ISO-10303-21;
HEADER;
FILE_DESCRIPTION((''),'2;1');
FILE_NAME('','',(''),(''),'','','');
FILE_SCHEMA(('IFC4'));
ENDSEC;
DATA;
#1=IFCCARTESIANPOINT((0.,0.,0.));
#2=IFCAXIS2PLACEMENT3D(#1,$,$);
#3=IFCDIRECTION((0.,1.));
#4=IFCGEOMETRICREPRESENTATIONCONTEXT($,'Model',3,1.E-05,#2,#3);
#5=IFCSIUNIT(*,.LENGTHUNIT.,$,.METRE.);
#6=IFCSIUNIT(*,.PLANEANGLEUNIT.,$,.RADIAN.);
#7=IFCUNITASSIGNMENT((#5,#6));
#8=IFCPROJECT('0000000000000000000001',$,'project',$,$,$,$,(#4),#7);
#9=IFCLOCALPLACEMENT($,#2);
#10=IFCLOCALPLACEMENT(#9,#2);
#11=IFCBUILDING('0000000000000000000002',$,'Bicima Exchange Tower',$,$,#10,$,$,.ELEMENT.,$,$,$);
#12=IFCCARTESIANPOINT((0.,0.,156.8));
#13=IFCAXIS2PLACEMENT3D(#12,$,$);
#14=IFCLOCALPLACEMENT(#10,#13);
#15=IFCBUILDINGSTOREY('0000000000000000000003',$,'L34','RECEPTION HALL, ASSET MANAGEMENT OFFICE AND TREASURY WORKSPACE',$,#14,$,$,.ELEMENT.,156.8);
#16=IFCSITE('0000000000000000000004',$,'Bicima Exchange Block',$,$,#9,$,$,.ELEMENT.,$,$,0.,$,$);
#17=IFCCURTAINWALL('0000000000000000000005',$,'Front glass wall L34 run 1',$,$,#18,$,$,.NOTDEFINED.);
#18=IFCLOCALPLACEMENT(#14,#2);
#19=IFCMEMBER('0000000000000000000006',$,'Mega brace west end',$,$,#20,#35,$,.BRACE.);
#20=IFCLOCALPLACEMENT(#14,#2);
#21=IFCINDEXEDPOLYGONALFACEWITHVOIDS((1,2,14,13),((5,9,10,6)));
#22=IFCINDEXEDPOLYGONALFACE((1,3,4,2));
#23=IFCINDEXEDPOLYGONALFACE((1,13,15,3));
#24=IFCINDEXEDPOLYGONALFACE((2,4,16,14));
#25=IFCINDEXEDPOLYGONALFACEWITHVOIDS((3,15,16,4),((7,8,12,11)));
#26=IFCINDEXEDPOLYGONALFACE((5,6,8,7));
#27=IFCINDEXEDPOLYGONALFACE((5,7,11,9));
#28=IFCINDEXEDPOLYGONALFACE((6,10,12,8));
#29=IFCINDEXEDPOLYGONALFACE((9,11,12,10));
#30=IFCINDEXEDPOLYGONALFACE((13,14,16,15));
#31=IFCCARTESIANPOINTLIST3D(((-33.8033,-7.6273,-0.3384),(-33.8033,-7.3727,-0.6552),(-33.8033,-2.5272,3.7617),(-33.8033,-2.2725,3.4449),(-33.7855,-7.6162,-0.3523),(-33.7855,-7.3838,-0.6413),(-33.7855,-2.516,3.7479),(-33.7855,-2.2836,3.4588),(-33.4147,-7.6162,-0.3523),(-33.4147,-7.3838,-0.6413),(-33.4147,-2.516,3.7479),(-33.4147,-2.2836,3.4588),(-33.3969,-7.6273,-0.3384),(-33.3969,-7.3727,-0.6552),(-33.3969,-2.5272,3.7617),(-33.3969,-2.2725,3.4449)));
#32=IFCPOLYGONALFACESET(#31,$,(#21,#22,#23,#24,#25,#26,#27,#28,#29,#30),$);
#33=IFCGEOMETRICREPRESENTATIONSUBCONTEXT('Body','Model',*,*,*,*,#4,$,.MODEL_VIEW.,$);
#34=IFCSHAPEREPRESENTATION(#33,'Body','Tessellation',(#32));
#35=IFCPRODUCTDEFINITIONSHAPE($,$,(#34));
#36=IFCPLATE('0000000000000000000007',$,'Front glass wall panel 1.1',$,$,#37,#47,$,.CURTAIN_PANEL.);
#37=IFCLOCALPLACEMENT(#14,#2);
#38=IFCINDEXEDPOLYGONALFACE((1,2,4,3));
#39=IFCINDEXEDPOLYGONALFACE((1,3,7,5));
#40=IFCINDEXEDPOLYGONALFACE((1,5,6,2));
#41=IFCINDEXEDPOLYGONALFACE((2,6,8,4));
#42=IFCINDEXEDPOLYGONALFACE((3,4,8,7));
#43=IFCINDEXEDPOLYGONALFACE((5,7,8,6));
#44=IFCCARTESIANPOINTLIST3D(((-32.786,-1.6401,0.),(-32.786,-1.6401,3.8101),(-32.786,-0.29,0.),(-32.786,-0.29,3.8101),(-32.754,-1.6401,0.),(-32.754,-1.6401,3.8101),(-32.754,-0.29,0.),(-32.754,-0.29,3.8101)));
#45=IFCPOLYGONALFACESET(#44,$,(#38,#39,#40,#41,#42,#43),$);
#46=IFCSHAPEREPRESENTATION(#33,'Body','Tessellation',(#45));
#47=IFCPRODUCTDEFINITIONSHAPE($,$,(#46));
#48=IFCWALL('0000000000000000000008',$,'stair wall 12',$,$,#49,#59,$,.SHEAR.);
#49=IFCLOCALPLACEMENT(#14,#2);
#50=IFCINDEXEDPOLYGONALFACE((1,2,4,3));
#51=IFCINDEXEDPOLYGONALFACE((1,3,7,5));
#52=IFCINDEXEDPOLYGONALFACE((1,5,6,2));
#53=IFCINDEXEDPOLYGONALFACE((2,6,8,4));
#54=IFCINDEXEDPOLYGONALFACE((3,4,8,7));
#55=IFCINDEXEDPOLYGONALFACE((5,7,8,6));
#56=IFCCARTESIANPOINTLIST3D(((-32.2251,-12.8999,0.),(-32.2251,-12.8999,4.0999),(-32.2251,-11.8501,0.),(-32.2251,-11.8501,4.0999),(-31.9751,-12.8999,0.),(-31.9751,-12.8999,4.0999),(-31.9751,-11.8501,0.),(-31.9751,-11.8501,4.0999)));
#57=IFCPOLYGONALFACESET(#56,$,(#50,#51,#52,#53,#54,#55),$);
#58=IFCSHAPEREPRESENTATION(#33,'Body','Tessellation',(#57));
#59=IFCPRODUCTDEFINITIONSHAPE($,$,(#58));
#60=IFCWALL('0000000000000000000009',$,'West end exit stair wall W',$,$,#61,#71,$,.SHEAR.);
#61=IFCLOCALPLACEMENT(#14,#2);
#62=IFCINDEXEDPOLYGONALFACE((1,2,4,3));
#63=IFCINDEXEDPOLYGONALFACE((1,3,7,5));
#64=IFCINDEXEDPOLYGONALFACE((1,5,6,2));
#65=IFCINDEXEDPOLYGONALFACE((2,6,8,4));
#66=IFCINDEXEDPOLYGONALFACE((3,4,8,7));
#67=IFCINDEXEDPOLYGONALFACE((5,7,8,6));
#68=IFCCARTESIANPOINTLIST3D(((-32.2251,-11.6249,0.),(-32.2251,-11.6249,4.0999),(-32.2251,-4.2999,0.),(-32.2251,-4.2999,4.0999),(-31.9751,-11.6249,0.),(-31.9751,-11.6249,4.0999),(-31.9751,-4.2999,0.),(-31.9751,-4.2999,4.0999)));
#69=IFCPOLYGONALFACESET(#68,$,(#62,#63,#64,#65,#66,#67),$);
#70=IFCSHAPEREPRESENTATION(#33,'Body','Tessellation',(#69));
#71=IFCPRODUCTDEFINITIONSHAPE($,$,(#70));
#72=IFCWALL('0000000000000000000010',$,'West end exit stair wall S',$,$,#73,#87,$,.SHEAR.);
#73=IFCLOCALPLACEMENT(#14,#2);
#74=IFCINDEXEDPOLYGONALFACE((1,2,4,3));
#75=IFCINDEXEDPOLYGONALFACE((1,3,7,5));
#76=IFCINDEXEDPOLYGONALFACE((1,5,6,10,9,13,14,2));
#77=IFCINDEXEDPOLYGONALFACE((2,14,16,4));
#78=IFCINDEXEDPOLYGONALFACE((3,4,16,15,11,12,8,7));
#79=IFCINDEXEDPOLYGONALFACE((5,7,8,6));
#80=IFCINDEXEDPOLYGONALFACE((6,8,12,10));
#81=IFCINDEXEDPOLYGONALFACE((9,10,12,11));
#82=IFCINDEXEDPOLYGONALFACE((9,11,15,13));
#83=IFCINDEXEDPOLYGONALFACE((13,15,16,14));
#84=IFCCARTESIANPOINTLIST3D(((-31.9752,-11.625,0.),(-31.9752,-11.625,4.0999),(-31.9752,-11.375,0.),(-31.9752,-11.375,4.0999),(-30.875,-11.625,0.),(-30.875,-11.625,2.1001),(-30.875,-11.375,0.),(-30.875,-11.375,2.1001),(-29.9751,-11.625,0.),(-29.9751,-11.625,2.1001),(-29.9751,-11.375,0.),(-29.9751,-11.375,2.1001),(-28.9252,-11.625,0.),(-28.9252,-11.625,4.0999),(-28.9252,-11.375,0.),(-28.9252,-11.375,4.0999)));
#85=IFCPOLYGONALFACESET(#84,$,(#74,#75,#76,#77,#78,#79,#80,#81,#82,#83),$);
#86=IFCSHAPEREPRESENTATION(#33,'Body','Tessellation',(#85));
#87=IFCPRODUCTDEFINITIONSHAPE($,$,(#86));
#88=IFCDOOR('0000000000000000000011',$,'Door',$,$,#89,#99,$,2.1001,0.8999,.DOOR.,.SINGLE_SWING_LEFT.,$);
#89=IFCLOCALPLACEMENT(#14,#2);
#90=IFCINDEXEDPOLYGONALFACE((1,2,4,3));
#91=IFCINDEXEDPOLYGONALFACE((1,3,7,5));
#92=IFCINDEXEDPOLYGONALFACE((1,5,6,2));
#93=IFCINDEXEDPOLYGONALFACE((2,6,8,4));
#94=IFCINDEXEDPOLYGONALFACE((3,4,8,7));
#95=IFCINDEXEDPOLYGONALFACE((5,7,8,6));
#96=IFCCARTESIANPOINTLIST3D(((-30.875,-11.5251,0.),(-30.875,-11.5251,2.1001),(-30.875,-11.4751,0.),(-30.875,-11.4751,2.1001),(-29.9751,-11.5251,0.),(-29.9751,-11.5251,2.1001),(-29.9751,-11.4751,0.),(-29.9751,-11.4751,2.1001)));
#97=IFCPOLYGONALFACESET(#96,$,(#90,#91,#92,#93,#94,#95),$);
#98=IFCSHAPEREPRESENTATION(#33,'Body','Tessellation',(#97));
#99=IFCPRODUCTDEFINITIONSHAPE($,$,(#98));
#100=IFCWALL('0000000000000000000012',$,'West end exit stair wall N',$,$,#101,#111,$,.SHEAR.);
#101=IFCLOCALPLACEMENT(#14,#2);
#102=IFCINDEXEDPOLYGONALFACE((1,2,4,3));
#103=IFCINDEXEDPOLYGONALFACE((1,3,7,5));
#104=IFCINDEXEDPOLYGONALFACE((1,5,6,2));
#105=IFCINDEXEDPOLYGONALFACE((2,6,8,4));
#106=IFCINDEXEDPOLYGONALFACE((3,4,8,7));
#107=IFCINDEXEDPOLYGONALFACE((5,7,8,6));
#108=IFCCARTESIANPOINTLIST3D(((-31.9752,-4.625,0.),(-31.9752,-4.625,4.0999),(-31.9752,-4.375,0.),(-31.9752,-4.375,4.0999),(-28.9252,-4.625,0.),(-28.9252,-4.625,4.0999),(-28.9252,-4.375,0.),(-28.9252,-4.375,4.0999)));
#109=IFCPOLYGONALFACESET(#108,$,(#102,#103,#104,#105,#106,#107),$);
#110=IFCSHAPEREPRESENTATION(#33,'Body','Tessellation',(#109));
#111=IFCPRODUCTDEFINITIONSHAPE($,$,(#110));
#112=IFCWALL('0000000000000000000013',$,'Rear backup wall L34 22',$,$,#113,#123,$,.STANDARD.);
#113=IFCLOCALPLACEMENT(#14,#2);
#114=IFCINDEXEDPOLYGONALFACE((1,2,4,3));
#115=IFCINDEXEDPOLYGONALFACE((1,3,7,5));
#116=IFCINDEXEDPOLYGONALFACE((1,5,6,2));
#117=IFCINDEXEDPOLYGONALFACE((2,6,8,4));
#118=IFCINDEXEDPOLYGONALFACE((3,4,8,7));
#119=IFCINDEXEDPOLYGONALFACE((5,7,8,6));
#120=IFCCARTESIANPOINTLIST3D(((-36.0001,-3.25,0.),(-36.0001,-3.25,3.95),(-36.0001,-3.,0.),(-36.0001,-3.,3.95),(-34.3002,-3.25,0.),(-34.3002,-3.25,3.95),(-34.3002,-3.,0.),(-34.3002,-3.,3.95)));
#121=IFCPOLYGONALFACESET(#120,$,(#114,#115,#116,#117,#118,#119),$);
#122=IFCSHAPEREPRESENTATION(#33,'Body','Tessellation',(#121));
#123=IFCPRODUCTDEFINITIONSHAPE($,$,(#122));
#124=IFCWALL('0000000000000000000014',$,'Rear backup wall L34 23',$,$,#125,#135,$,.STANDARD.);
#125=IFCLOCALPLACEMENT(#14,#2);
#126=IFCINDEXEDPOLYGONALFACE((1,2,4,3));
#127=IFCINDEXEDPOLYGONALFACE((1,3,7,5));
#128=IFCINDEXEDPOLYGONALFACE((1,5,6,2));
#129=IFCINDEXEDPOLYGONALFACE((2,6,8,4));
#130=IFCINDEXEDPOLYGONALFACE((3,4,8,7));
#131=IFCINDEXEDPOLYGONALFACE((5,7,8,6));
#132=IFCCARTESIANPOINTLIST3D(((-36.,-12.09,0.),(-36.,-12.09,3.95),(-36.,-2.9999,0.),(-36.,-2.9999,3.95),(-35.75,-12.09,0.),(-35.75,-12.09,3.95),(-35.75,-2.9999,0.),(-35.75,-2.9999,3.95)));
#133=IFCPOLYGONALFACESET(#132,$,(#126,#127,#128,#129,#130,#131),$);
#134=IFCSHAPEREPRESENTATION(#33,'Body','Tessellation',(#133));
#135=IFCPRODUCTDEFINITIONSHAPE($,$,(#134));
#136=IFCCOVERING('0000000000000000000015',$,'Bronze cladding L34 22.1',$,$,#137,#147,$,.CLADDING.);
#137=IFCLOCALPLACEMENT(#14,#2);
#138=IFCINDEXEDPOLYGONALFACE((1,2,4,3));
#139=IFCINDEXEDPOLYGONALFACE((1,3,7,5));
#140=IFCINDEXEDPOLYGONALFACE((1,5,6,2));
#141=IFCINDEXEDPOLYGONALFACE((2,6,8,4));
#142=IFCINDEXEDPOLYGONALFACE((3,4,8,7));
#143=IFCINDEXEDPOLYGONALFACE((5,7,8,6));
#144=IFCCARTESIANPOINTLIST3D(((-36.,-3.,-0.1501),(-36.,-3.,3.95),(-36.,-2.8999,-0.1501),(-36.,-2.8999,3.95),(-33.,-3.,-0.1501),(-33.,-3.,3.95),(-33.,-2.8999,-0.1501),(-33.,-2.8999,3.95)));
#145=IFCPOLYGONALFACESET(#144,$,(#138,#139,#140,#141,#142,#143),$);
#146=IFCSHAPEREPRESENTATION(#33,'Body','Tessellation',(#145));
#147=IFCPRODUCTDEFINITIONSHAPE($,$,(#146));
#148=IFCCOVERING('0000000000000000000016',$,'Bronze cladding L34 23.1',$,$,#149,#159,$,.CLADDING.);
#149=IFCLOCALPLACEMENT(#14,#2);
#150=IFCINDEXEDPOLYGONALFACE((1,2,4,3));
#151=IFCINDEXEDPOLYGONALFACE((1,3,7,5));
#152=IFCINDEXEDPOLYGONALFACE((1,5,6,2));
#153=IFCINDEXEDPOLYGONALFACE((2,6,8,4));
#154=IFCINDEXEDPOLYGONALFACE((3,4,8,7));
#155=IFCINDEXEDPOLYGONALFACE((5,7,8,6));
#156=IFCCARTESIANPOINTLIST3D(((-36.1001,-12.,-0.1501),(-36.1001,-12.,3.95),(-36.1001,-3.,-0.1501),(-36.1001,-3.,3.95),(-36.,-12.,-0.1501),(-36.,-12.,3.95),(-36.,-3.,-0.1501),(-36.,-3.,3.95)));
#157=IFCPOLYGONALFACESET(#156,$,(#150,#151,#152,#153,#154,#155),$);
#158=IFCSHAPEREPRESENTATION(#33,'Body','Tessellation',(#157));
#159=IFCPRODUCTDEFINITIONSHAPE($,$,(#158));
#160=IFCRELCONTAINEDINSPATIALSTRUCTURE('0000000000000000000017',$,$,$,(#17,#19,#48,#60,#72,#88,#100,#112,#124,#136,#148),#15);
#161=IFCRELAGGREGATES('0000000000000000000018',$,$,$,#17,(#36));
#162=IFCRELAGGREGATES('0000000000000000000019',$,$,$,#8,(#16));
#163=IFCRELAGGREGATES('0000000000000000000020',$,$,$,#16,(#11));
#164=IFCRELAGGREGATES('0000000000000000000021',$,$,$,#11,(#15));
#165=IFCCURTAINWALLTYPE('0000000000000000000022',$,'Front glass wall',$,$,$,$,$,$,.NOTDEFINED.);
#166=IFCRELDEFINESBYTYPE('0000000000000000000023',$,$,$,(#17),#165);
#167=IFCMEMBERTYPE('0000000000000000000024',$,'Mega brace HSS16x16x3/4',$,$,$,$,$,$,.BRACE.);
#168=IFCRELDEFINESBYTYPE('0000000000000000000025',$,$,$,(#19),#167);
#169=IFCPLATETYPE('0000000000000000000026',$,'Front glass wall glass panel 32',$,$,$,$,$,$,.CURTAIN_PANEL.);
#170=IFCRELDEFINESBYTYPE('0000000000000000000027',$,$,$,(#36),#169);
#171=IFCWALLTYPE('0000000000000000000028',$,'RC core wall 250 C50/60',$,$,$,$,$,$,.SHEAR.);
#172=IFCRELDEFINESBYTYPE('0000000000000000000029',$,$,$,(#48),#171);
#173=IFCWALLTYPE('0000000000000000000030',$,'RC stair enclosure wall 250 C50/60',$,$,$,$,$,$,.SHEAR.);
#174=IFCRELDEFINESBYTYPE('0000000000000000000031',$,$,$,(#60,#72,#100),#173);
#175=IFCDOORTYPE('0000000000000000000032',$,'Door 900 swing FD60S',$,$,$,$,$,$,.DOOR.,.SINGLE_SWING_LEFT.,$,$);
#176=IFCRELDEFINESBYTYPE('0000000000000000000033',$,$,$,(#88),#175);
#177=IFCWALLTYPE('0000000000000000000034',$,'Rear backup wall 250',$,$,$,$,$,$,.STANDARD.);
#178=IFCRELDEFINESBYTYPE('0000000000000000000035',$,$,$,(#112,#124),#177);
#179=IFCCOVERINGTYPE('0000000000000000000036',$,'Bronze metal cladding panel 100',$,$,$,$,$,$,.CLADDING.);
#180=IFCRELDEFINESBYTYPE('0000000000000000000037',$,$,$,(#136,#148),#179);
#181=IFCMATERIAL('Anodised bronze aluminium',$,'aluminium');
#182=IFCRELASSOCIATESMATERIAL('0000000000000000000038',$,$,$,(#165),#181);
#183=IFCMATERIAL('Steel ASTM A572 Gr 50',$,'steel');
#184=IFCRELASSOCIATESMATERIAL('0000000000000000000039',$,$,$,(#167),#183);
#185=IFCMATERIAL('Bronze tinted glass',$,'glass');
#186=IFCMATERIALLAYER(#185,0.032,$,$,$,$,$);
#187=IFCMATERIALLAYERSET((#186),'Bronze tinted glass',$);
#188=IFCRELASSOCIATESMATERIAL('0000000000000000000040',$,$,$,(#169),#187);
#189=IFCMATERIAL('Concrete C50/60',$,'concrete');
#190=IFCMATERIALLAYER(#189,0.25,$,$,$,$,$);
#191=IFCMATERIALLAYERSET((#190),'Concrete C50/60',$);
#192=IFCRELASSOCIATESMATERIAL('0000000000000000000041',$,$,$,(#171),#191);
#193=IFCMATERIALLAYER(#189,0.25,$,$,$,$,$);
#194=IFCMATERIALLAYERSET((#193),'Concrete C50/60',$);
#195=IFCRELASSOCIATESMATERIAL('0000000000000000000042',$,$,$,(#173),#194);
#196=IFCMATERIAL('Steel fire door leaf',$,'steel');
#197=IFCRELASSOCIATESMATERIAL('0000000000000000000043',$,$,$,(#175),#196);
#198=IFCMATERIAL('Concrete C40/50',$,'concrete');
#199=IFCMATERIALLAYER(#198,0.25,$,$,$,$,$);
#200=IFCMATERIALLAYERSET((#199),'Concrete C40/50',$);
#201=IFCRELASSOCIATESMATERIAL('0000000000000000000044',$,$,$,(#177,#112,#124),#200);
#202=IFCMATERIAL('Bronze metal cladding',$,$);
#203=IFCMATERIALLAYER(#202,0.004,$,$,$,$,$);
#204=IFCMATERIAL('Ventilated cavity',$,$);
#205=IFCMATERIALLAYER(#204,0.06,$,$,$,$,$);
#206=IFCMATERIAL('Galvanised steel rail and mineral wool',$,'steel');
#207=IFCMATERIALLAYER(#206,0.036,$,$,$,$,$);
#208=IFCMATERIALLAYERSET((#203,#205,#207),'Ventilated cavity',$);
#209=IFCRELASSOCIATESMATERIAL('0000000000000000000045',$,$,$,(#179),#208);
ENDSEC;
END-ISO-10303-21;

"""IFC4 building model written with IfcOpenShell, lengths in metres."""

from ifc_helpers import new_model, si_unit, direction, frame, frame_2d, origin, origin_2d, place, context, subcontext, project, spatial, rectangle, hollow_rectangle, extrude, material, layer, layer_set, layer_usage, material_profile, profile_set, type_object, element, fill, aggregate, save


model = new_model("IFC4")

# Units and contexts
model_context = context("Model", 3, precision=1e-05, world=origin(), true_north=direction((0.0, 1.0)))
body_context = subcontext(model_context, "Body", "Model", "MODEL_VIEW")
ifc_project = project(units=[si_unit("LENGTHUNIT", "METRE"), si_unit("PLANEANGLEUNIT", "RADIAN")], contexts=[model_context])

# Site, building, storey
site_placement = place(None, origin())
site = spatial("IfcSite", under=ifc_project, at=site_placement, Name="Bicima Exchange Block", CompositionType="ELEMENT", RefElevation=0.0)
building_placement = place(site_placement, origin())
building = spatial("IfcBuilding", under=site, at=building_placement, Name="Bicima Exchange Tower", CompositionType="ELEMENT")
storey_placement = place(building_placement, frame((0.0, 0.0, 156.8)))
storey = spatial("IfcBuildingStorey", under=building, at=storey_placement, Name="L34", Description="RECEPTION HALL, ASSET MANAGEMENT OFFICE AND TREASURY WORKSPACE", CompositionType="ELEMENT", Elevation=156.8)

# Shared definitions
ifc_material_1 = material(Name="Steel ASTM A572 Gr 50", Category="steel")

# Shared definitions
ifc_material_2 = material(Name="Anodised bronze aluminium", Category="aluminium")

# Curtain wall
curtain_wall_type_1 = type_object("IfcCurtainWallType", Name="Front glass wall", PredefinedType="NOTDEFINED", material=ifc_material_2)
curtain_wall_1_placement = place(storey_placement, origin())
curtain_wall_1 = element("IfcCurtainWall", 1, at=curtain_wall_1_placement, inside=storey, type_object=curtain_wall_type_1, Name="Front glass wall L34 run 1", PredefinedType="NOTDEFINED")

# Member
ifc_material_profile_1 = material_profile(ifc_material_1, hollow_rectangle(XDim=0.4065, YDim=0.4065, WallThickness=0.0178, at=origin_2d()))
ifc_profile_set_1 = profile_set([ifc_material_profile_1], Name="Steel ASTM A572 Gr 50")
member_type_1 = type_object("IfcMemberType", Name="Mega brace HSS16x16x3/4", PredefinedType="BRACE", material=ifc_profile_set_1)
for number, where, z_axis, x_axis, name in (
    (2, (-33.6001, -7.5, -0.4968), (0.0, 0.779374, 0.626559), (-1.0, 0.0, 0.0), "Mega brace west end"),
):
    element("IfcMember", number, at=place(storey_placement, frame(where, z_axis=z_axis, x_axis=x_axis)), inside=storey, type_object=member_type_1, Name=name, PredefinedType="BRACE", context=body_context, shape_type="SweptSolid", body=[
        extrude(hollow_rectangle(XDim=0.4065, YDim=0.4065, WallThickness=0.0178, at=origin_2d()), origin(), (0.0, 0.0, 1.0), 6.5439),
    ])

# Plate
ifc_material_3 = material(Name="Bronze tinted glass", Category="glass")
ifc_layer_1 = layer(ifc_material_3, 0.032)
ifc_layer_set_1 = layer_set([ifc_layer_1], Name="Bronze tinted glass")
plate_type = type_object("IfcPlateType", Name="Front glass wall glass panel 32", PredefinedType="CURTAIN_PANEL", material=ifc_layer_set_1)
plate_placement = place(storey_placement, frame((-32.77, -0.9651, 0.0), z_axis=(0.0, 0.0, 1.0), x_axis=(0.0, -1.0, 0.0)))
plate = element("IfcPlate", 3, at=plate_placement, type_object=plate_type, Name="Front glass wall panel 1.1", PredefinedType="CURTAIN_PANEL", context=body_context, shape_type="SweptSolid", body=[
    extrude(rectangle(XDim=1.3501, YDim=0.032, at=origin_2d()), origin(), (0.0, 0.0, 1.0), 3.8101),
])
aggregate(curtain_wall_1, [plate])

# Walls
ifc_material_4 = material(Name="Concrete C50/60", Category="concrete")
ifc_layer_2 = layer(ifc_material_4, 0.25)
ifc_layer_set_2 = layer_set([ifc_layer_2], Name="Concrete C50/60")
wall_type_1 = type_object("IfcWallType", Name="RC core wall 250 C50/60", PredefinedType="SHEAR", material=ifc_layer_set_2)
wall_1_placement = place(storey_placement, frame((-32.1001, -12.8999, 0.0), z_axis=(0.0, 0.0, 1.0), x_axis=(0.0, 1.0, 0.0)))
element("IfcWall", 4, at=wall_1_placement, inside=storey, type_object=wall_type_1, Name="stair wall 12", PredefinedType="SHEAR", context=body_context, shape_type="SweptSolid", body=[
    extrude(rectangle(XDim=1.0498, YDim=0.25, at=frame_2d((0.5249, 0.0))), origin(), (0.0, 0.0, 1.0), 4.0999),
])
ifc_layer_3 = layer(ifc_material_4, 0.25)
ifc_layer_set_3 = layer_set([ifc_layer_3], Name="Concrete C50/60")
wall_type_2 = type_object("IfcWallType", Name="RC stair enclosure wall 250 C50/60", PredefinedType="SHEAR", material=ifc_layer_set_3)
wall_2_placement = place(storey_placement, frame((-32.1001, -11.625, 0.0), z_axis=(0.0, 0.0, 1.0), x_axis=(0.0, 1.0, 0.0)))
element("IfcWall", 5, at=wall_2_placement, inside=storey, type_object=wall_type_2, Name="West end exit stair wall W", PredefinedType="SHEAR", context=body_context, shape_type="SweptSolid", body=[
    extrude(rectangle(XDim=7.325, YDim=0.25, at=frame_2d((3.6626, 0.0))), origin(), (0.0, 0.0, 1.0), 4.0999),
])

# Wall, opening, door
wall_3_placement = place(storey_placement, frame((-31.9751, -11.5, 0.0), z_axis=(0.0, 0.0, 1.0), x_axis=(1.0, 0.0, 0.0)))
wall_3 = element("IfcWall", 6, at=wall_3_placement, inside=storey, type_object=wall_type_2, Name="West end exit stair wall S", PredefinedType="SHEAR", context=body_context, shape_type="SweptSolid", body=[
    extrude(rectangle(XDim=3.05, YDim=0.25, at=frame_2d((1.5249, 0.0))), origin(), (0.0, 0.0, 1.0), 4.0999),
])
opening_placement = place(wall_3_placement, frame((1.1001, 0.0, 0.0)))
opening = element("IfcOpeningElement", 7, at=opening_placement, cuts=wall_3, PredefinedType="OPENING", context=body_context, shape_type="SweptSolid", body=[
    extrude(rectangle(XDim=0.8999, YDim=2.1001, at=frame_2d((0.45, 1.05))), frame((0.0, 0.137, 0.0), z_axis=(0.0, -1.0, 0.0), x_axis=(1.0, 0.0, 0.0)), (0.0, 0.0, 1.0), 0.2739),
])
ifc_material_5 = material(Name="Steel fire door leaf", Category="steel")
door_type = type_object("IfcDoorType", Name="Door 900 swing FD60S", OperationType="SINGLE_SWING_LEFT", PredefinedType="DOOR", material=ifc_material_5)
door_placement = place(opening_placement, origin())
door = element("IfcDoor", 8, at=door_placement, inside=storey, type_object=door_type, Name="Door", OperationType="SINGLE_SWING_LEFT", OverallHeight=2.1001, OverallWidth=0.8999, PredefinedType="DOOR", context=body_context, shape_type="SweptSolid", body=[
    extrude(rectangle(XDim=0.8999, YDim=2.1001, at=frame_2d((0.45, 1.05))), frame((0.0, 0.0249, 0.0), z_axis=(0.0, -1.0, 0.0), x_axis=(1.0, 0.0, 0.0)), (0.0, 0.0, 1.0), 0.05),
])
fill(opening, door)

# Walls
wall_4_placement = place(storey_placement, frame((-31.9751, -4.5, 0.0), z_axis=(0.0, 0.0, 1.0), x_axis=(1.0, 0.0, 0.0)))
element("IfcWall", 9, at=wall_4_placement, inside=storey, type_object=wall_type_2, Name="West end exit stair wall N", PredefinedType="SHEAR", context=body_context, shape_type="SweptSolid", body=[
    extrude(rectangle(XDim=3.05, YDim=0.25, at=frame_2d((1.5249, 0.0))), origin(), (0.0, 0.0, 1.0), 4.0999),
])
ifc_material_6 = material(Name="Concrete C40/50", Category="concrete")
ifc_layer_4 = layer(ifc_material_6, 0.25)
ifc_layer_set_4 = layer_set([ifc_layer_4], Name="Concrete C40/50")
ifc_layer_usage = layer_usage(ifc_layer_set_4, "AXIS2", "POSITIVE", -0.125)
wall_type_3 = type_object("IfcWallType", Name="Rear backup wall 250", PredefinedType="STANDARD", material=ifc_layer_set_4)
wall_5_placement = place(storey_placement, frame((-34.3, -3.125, 0.0), z_axis=(0.0, 0.0, 1.0), x_axis=(-1.0, 0.0, 0.0)))
element("IfcWall", 10, at=wall_5_placement, inside=storey, type_object=wall_type_3, material=ifc_layer_usage, Name="Rear backup wall L34 22", PredefinedType="STANDARD", context=body_context, shape_type="SweptSolid", body=[
    extrude(rectangle(XDim=1.7, YDim=0.25, at=frame_2d((0.8501, 0.0))), origin(), (0.0, 0.0, 1.0), 3.95),
])
wall_6_placement = place(storey_placement, frame((-35.875, -3.0, 0.0), z_axis=(0.0, 0.0, 1.0), x_axis=(0.0, -1.0, 0.0)))
element("IfcWall", 11, at=wall_6_placement, inside=storey, type_object=wall_type_3, material=ifc_layer_usage, Name="Rear backup wall L34 23", PredefinedType="STANDARD", context=body_context, shape_type="SweptSolid", body=[
    extrude(rectangle(XDim=9.0901, YDim=0.25, at=frame_2d((4.5449, 0.0))), origin(), (0.0, 0.0, 1.0), 3.95),
])

# Coverings
ifc_material_7 = material(Name="Bronze metal cladding")
ifc_layer_5 = layer(ifc_material_7, 0.004)
ifc_material_8 = material(Name="Ventilated cavity")
ifc_layer_6 = layer(ifc_material_8, 0.06)
ifc_material_9 = material(Name="Galvanised steel rail and mineral wool", Category="steel")
ifc_layer_7 = layer(ifc_material_9, 0.036)
ifc_layer_set_5 = layer_set([ifc_layer_5, ifc_layer_6, ifc_layer_7], Name="Ventilated cavity")
covering_type = type_object("IfcCoveringType", Name="Bronze metal cladding panel 100", PredefinedType="CLADDING", material=ifc_layer_set_5)
covering_1_placement = place(storey_placement, frame((-34.5, -2.95, -0.1501), z_axis=(0.0, 0.0, 1.0), x_axis=(-1.0, 0.0, 0.0)))
element("IfcCovering", 12, at=covering_1_placement, inside=storey, type_object=covering_type, Name="Bronze cladding L34 22.1", PredefinedType="CLADDING", context=body_context, shape_type="SweptSolid", body=[
    extrude(rectangle(XDim=3.0, YDim=0.1001, at=origin_2d()), origin(), (0.0, 0.0, 1.0), 4.1001),
])
covering_2_placement = place(storey_placement, frame((-36.05, -7.5, -0.1501), z_axis=(0.0, 0.0, 1.0), x_axis=(0.0, -1.0, 0.0)))
element("IfcCovering", 13, at=covering_2_placement, inside=storey, type_object=covering_type, Name="Bronze cladding L34 23.1", PredefinedType="CLADDING", context=body_context, shape_type="SweptSolid", body=[
    extrude(rectangle(XDim=9.0, YDim=0.1001, at=origin_2d()), origin(), (0.0, 0.0, 1.0), 4.1001),
])

save(model, "model.ifc")
